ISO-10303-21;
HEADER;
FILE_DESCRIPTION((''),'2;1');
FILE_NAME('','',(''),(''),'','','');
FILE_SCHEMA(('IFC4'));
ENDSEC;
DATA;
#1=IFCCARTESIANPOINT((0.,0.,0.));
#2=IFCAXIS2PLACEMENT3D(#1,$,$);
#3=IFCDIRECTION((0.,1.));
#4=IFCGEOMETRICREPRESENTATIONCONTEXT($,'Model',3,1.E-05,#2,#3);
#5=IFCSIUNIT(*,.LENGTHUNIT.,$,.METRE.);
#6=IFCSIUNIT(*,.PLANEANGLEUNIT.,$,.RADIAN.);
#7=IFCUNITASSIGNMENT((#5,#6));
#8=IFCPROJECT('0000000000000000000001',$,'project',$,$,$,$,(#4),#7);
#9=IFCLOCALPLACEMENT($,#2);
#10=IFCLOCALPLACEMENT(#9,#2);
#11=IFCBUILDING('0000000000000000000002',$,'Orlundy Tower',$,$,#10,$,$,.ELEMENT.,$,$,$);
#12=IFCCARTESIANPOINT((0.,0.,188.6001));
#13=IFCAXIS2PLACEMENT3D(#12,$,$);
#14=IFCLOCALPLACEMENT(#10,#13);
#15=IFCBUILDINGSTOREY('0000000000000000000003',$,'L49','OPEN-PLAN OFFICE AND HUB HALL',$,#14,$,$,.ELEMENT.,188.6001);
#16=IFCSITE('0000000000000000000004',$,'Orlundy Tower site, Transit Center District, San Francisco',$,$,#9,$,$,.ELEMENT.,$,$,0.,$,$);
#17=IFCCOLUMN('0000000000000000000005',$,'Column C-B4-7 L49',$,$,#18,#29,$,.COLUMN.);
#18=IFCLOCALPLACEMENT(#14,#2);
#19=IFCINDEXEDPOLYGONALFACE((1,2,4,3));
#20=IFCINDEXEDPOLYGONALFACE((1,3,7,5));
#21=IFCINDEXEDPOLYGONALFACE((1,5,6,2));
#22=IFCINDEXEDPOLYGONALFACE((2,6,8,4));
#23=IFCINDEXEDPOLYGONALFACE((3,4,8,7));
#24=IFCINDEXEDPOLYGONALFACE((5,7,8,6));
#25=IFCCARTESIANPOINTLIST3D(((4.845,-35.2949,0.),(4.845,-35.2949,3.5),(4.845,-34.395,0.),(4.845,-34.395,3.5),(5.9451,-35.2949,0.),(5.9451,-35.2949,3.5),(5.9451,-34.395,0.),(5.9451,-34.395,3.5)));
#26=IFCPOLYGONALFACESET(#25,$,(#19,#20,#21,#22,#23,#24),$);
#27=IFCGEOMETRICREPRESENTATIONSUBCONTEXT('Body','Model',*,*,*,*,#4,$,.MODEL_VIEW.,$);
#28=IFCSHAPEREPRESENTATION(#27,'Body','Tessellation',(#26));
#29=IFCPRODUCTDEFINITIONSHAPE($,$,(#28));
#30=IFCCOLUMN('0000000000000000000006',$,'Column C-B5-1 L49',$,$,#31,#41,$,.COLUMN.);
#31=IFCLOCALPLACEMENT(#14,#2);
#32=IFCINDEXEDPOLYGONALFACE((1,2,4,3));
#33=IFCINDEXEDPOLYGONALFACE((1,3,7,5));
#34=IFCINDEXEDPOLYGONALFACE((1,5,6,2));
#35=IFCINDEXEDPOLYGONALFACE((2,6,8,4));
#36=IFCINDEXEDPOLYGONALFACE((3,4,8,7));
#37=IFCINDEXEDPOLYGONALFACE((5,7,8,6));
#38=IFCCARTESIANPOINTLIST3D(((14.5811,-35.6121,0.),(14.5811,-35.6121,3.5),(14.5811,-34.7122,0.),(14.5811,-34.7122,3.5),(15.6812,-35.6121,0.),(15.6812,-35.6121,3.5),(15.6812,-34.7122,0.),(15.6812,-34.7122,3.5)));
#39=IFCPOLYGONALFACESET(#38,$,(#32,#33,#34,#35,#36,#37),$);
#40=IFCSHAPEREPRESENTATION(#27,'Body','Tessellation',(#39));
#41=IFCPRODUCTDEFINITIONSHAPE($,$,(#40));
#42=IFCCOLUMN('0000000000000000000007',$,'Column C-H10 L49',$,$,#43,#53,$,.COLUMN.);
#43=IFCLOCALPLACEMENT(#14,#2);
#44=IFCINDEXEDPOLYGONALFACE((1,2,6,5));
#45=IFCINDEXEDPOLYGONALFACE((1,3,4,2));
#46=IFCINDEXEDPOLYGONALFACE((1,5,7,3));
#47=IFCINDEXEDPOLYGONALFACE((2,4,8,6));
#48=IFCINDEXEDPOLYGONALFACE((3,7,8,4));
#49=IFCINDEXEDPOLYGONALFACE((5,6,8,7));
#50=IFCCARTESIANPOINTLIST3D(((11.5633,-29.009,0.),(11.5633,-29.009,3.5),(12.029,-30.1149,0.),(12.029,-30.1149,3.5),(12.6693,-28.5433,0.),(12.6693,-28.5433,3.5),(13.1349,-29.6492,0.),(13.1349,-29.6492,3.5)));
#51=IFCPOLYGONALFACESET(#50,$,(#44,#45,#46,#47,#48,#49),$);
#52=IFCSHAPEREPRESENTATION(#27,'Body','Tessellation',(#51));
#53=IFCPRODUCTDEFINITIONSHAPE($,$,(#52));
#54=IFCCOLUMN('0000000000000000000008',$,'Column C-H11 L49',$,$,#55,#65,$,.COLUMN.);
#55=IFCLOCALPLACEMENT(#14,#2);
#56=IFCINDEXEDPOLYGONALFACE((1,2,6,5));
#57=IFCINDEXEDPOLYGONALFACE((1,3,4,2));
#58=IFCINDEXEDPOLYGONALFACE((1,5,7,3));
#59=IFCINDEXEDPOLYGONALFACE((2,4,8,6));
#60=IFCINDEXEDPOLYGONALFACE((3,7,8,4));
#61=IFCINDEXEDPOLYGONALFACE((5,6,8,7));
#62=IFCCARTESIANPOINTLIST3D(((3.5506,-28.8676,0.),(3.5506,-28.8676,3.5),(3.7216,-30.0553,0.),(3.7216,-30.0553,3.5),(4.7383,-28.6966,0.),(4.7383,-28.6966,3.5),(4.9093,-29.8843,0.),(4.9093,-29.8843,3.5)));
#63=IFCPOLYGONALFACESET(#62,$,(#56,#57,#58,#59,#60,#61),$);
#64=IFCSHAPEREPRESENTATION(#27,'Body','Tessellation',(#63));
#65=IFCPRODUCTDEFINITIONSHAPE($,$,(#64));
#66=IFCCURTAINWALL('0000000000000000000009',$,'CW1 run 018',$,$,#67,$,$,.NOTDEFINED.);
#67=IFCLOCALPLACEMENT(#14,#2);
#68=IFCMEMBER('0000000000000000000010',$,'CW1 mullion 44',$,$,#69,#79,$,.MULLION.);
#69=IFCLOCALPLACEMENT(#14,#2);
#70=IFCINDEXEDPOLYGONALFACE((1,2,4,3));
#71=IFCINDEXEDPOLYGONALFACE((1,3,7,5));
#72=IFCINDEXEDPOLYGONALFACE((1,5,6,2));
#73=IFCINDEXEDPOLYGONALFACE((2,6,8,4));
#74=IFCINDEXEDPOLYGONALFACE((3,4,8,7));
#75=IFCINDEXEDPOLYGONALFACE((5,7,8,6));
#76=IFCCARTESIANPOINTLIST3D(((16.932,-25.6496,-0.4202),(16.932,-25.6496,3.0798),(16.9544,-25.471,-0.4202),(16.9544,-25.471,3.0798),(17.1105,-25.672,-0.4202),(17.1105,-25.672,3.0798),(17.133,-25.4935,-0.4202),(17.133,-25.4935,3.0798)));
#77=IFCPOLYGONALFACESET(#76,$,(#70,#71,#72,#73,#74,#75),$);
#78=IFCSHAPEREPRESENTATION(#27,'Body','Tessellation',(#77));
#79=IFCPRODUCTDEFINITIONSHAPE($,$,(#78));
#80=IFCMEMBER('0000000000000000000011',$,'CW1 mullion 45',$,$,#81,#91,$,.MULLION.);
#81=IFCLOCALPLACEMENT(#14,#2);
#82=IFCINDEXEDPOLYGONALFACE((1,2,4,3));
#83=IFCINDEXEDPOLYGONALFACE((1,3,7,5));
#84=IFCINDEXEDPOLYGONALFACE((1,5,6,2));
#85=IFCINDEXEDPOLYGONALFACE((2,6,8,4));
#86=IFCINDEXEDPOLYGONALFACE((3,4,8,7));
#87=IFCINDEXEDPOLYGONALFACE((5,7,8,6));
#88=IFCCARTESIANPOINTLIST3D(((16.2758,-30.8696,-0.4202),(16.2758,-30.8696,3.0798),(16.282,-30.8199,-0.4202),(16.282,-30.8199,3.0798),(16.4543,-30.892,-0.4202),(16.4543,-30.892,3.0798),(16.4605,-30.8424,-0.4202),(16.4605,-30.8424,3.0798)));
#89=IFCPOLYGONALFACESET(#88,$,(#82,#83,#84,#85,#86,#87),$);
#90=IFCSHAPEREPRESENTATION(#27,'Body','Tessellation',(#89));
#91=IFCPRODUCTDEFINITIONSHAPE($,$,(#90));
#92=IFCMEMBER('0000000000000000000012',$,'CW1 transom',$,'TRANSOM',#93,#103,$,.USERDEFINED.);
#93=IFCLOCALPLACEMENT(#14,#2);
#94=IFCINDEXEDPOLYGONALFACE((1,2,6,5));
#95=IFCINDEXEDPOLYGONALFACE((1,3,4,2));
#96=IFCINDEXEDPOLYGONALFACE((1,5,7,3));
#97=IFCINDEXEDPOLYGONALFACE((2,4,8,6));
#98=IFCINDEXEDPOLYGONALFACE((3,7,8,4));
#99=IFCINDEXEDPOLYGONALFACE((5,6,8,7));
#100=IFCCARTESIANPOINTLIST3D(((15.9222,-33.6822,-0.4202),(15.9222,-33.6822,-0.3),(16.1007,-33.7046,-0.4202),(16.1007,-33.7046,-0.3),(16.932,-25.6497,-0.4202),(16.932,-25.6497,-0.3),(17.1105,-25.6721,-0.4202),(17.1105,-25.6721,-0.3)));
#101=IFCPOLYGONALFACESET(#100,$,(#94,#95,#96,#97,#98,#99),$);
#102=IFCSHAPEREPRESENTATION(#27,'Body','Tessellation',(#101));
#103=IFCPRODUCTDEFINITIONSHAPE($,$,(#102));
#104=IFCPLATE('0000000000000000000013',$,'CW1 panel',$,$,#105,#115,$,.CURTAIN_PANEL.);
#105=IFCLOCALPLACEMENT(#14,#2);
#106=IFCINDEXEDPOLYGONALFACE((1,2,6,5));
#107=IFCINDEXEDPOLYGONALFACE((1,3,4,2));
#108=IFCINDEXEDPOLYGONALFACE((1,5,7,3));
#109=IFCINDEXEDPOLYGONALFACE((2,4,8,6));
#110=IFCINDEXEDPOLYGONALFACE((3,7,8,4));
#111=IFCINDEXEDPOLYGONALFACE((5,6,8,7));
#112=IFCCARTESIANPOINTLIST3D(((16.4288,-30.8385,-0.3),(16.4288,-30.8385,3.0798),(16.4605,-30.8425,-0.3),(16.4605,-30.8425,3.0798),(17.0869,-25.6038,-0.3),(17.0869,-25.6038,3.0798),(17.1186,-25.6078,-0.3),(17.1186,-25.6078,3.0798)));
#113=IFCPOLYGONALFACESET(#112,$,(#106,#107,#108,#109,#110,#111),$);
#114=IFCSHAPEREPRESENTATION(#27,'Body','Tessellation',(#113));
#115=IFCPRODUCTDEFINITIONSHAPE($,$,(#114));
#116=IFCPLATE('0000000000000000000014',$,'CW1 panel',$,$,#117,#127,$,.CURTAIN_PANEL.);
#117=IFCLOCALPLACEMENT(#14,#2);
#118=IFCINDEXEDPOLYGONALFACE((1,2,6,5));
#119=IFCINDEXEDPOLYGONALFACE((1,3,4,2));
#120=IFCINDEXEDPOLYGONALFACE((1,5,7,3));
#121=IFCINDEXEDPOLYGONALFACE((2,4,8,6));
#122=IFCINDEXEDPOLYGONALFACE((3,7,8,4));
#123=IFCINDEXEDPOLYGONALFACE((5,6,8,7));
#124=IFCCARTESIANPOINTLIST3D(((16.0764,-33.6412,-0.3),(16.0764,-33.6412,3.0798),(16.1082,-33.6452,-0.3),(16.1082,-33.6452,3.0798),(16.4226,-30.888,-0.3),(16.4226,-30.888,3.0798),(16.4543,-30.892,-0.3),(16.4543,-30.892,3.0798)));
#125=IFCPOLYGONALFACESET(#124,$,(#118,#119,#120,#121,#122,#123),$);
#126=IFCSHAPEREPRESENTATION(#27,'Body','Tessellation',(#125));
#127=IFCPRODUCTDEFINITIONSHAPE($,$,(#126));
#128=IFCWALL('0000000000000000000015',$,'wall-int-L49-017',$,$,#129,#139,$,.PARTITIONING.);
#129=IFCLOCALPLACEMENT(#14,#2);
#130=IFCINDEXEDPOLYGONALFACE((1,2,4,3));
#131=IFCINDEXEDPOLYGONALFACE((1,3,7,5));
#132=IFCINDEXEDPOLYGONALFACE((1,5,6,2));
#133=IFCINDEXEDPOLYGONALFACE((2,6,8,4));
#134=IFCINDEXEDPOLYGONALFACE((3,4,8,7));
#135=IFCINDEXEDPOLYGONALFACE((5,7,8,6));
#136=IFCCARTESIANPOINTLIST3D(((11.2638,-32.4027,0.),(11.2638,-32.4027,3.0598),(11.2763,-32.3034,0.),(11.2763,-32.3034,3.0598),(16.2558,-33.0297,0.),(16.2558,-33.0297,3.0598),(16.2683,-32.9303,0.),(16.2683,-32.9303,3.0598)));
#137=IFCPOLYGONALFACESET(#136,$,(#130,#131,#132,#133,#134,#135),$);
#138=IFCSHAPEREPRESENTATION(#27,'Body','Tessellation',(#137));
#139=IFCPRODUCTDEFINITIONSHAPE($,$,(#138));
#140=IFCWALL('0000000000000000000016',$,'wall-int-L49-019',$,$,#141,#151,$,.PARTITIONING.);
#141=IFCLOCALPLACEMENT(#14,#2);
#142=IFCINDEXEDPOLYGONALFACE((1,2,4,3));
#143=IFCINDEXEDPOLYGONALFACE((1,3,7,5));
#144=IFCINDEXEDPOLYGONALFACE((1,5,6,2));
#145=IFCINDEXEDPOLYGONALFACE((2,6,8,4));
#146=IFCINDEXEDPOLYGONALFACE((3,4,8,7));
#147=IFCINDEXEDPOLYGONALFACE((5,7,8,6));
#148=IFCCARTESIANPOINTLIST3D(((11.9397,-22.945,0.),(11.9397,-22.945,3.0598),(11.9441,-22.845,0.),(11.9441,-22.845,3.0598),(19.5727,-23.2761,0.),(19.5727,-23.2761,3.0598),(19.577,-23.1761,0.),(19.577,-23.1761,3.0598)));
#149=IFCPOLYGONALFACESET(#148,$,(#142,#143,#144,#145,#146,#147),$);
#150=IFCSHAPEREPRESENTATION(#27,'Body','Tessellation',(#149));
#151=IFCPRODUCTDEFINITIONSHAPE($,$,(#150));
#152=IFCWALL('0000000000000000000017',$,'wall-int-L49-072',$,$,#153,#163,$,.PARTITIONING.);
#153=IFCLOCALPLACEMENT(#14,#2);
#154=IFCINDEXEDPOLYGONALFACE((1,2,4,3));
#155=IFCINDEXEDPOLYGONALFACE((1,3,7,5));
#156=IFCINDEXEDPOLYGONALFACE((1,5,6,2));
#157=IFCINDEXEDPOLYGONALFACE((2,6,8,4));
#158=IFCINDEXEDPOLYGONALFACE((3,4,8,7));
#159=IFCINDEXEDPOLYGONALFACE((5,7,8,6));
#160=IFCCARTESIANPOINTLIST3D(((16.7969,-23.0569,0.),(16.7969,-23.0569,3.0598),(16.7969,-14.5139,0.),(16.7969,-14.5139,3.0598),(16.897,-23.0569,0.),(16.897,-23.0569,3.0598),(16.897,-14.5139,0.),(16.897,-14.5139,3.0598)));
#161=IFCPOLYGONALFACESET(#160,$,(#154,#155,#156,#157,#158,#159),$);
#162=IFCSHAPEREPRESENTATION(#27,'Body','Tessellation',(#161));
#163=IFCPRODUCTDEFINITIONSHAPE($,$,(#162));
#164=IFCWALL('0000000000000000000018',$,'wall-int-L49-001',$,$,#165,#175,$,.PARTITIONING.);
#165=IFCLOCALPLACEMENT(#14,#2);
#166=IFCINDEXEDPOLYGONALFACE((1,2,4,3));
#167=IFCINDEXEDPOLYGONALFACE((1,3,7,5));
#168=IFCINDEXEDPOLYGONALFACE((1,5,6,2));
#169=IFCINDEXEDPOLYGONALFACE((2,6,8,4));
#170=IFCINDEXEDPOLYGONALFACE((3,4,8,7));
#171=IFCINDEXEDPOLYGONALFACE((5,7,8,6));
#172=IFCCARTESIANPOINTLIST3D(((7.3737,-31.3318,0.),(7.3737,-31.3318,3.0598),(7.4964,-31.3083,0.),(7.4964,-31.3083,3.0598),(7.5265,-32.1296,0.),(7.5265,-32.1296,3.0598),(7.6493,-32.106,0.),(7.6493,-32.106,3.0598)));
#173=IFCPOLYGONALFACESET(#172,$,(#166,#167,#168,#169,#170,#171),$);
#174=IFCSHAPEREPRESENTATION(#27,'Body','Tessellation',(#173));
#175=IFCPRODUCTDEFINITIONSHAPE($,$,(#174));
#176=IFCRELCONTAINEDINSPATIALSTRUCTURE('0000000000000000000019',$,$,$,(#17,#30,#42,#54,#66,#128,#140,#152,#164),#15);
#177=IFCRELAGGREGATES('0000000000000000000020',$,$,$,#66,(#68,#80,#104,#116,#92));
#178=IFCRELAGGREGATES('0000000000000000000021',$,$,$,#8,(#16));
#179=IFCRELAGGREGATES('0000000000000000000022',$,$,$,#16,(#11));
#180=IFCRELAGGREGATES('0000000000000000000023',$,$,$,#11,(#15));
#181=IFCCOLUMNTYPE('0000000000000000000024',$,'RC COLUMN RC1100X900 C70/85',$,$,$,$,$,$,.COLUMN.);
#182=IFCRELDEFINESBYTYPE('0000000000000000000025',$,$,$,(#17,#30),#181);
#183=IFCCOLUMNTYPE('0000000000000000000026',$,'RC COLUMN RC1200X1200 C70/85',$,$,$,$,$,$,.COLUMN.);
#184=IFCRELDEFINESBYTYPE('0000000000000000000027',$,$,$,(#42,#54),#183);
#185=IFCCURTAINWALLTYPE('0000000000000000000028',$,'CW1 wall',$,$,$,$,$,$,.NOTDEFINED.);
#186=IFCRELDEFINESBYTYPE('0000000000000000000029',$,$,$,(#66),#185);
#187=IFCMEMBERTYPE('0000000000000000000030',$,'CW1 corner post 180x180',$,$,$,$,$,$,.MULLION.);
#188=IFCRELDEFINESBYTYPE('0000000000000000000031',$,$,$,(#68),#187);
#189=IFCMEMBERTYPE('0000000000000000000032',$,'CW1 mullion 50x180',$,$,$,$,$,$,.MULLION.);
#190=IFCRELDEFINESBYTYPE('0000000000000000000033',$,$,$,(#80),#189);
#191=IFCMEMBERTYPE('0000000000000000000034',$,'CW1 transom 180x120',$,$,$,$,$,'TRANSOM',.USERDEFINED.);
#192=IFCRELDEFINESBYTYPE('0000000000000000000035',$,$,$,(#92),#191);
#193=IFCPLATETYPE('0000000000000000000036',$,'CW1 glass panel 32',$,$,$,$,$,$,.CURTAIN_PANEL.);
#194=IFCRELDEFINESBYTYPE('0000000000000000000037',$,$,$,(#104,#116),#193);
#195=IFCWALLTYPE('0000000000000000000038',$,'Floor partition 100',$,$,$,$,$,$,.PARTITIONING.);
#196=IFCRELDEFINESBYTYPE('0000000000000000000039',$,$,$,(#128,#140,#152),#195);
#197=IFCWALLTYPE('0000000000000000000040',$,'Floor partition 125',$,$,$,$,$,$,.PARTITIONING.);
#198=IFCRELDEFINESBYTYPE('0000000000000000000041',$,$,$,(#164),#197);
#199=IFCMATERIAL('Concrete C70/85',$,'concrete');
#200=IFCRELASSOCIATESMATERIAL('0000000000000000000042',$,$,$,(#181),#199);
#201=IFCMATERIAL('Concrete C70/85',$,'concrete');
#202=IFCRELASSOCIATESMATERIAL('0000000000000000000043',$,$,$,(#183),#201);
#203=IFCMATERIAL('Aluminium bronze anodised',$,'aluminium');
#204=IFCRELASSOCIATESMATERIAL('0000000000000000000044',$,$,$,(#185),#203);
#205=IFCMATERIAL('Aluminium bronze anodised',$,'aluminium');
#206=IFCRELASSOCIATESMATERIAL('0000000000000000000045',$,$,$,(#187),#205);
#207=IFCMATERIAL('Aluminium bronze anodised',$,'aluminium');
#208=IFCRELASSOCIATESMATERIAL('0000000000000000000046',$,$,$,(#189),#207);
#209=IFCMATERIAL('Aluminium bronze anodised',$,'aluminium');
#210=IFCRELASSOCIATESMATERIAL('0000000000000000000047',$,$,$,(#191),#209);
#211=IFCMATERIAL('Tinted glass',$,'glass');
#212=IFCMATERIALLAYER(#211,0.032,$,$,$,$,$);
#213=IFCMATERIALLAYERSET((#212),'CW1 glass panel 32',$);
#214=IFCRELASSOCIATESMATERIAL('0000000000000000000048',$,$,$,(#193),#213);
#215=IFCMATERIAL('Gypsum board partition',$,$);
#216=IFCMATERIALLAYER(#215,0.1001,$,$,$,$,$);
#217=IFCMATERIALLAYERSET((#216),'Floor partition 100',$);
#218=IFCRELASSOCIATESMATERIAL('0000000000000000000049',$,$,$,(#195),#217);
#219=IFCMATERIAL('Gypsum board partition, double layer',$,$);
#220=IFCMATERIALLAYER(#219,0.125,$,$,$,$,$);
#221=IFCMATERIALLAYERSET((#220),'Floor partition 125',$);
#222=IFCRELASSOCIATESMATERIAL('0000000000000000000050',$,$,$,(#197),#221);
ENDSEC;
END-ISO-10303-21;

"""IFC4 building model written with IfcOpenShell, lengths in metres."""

from ifc_helpers import new_model, si_unit, direction, frame, frame_2d, origin, origin_2d, place, context, subcontext, project, spatial, rectangle, extrude, material, layer, layer_set, material_profile, profile_set, type_object, element, aggregate, save


model = new_model("IFC4")

# Units and contexts
model_context = context("Model", 3, precision=1e-05, world=origin(), true_north=direction((0.0, 1.0)))
body_context = subcontext(model_context, "Body", "Model", "MODEL_VIEW")
ifc_project = project(units=[si_unit("LENGTHUNIT", "METRE"), si_unit("PLANEANGLEUNIT", "RADIAN")], contexts=[model_context])

# Site, building, storey
site_placement = place(None, origin())
site = spatial("IfcSite", under=ifc_project, at=site_placement, Name="Orlundy Tower site, Transit Center District, San Francisco", CompositionType="ELEMENT", RefElevation=0.0)
building_placement = place(site_placement, origin())
building = spatial("IfcBuilding", under=site, at=building_placement, Name="Orlundy Tower", CompositionType="ELEMENT")
storey_placement = place(building_placement, frame((0.0, 0.0, 188.6001)))
storey = spatial("IfcBuildingStorey", under=building, at=storey_placement, Name="L49", Description="OPEN-PLAN OFFICE AND HUB HALL", CompositionType="ELEMENT", Elevation=188.6001)

# Columns
ifc_material_1 = material(Name="Concrete C70/85", Category="concrete")
ifc_material_profile_1 = material_profile(ifc_material_1, rectangle(XDim=1.1001, YDim=0.8999, at=origin_2d()), Name="RC1100X900")
ifc_profile_set_1 = profile_set([ifc_material_profile_1], Name="Concrete C70/85")
column_type_1 = type_object("IfcColumnType", Name="RC COLUMN RC1100X900 C70/85", PredefinedType="COLUMN", material=ifc_profile_set_1)
for number, where, z_axis, x_axis, name in (
    (1, (5.395, -34.845, 0.0), (0.0, 0.0, 1.0), (1.0, 0.0, 0.0), "Column C-B4-7 L49"),
    (2, (15.1311, -35.1621, 0.0), (0.0, 0.0, 1.0), (1.0, 0.0, 0.0), "Column C-B5-1 L49"),
):
    element("IfcColumn", number, at=place(storey_placement, frame(where, z_axis=z_axis, x_axis=x_axis)), inside=storey, type_object=column_type_1, Name=name, PredefinedType="COLUMN", context=body_context, shape_type="SweptSolid", body=[
        extrude(rectangle(XDim=1.1001, YDim=0.8999, at=origin_2d()), origin(), (0.0, 0.0, 1.0), 3.5),
    ])
ifc_material_2 = material(Name="Concrete C70/85", Category="concrete")
ifc_material_profile_2 = material_profile(ifc_material_2, rectangle(XDim=1.2, YDim=1.2, at=origin_2d()), Name="RC1200X1200")
ifc_profile_set_2 = profile_set([ifc_material_profile_2], Name="Concrete C70/85")
column_type_2 = type_object("IfcColumnType", Name="RC COLUMN RC1200X1200 C70/85", PredefinedType="COLUMN", material=ifc_profile_set_2)
for number, where, z_axis, x_axis, name in (
    (3, (12.3491, -29.3291, 0.0), (0.0, 0.0, 1.0), (0.388063, -0.921633, 0.0), "Column C-H10 L49"),
    (4, (4.23, -29.376, 0.0), (0.0, 0.0, 1.0), (0.142525, -0.989791, 0.0), "Column C-H11 L49"),
):
    element("IfcColumn", number, at=place(storey_placement, frame(where, z_axis=z_axis, x_axis=x_axis)), inside=storey, type_object=column_type_2, Name=name, PredefinedType="COLUMN", context=body_context, shape_type="SweptSolid", body=[
        extrude(rectangle(XDim=1.2, YDim=1.2, at=origin_2d()), origin(), (0.0, 0.0, 1.0), 3.5),
    ])

# Curtain wall, members, plates
ifc_material_3 = material(Name="Aluminium bronze anodised", Category="aluminium")
curtain_wall_type = type_object("IfcCurtainWallType", Name="CW1 wall", PredefinedType="NOTDEFINED", material=ifc_material_3)
curtain_wall_placement = place(storey_placement, origin())
curtain_wall = element("IfcCurtainWall", 5, at=curtain_wall_placement, inside=storey, type_object=curtain_wall_type, Name="CW1 run 018", PredefinedType="NOTDEFINED")
ifc_material_4 = material(Name="Aluminium bronze anodised", Category="aluminium")
ifc_material_profile_3 = material_profile(ifc_material_4, rectangle(XDim=0.1799, YDim=0.1799, at=origin_2d()), Name="CW1 corner post 180x180")
ifc_profile_set_3 = profile_set([ifc_material_profile_3], Name="Aluminium bronze anodised")
member_type_1 = type_object("IfcMemberType", Name="CW1 corner post 180x180", PredefinedType="MULLION", material=ifc_profile_set_3)
member_1_placement = place(storey_placement, frame((17.0325, -25.5715, -0.4202), z_axis=(0.0, 0.0, 1.0), x_axis=(0.992189, -0.124742, 0.0)))
member_1 = element("IfcMember", 6, at=member_1_placement, type_object=member_type_1, Name="CW1 mullion 44", PredefinedType="MULLION", context=body_context, shape_type="SweptSolid", body=[
    extrude(rectangle(XDim=0.1799, YDim=0.1799, at=origin_2d()), origin(), (0.0, 0.0, 1.0), 3.5),
])
ifc_material_5 = material(Name="Aluminium bronze anodised", Category="aluminium")
ifc_material_profile_4 = material_profile(ifc_material_5, rectangle(XDim=0.1799, YDim=0.05, at=origin_2d()), Name="CW1 mullion 50x180")
ifc_profile_set_4 = profile_set([ifc_material_profile_4], Name="Aluminium bronze anodised")
member_type_2 = type_object("IfcMemberType", Name="CW1 mullion 50x180", PredefinedType="MULLION", material=ifc_profile_set_4)
member_2_placement = place(storey_placement, frame((16.3682, -30.856, -0.4202), z_axis=(0.0, 0.0, 1.0), x_axis=(0.992189, -0.124742, 0.0)))
member_2 = element("IfcMember", 7, at=member_2_placement, type_object=member_type_2, Name="CW1 mullion 45", PredefinedType="MULLION", context=body_context, shape_type="SweptSolid", body=[
    extrude(rectangle(XDim=0.1799, YDim=0.05, at=origin_2d()), origin(), (0.0, 0.0, 1.0), 3.5),
])
ifc_material_6 = material(Name="Aluminium bronze anodised", Category="aluminium")
ifc_material_profile_5 = material_profile(ifc_material_6, rectangle(XDim=0.1799, YDim=0.1201, at=origin_2d()), Name="CW1 transom 180x120")
ifc_profile_set_5 = profile_set([ifc_material_profile_5], Name="Aluminium bronze anodised")
member_type_3 = type_object("IfcMemberType", Name="CW1 transom 180x120", ElementType="TRANSOM", PredefinedType="USERDEFINED", material=ifc_profile_set_5)
member_3_placement = place(storey_placement, frame((17.0212, -25.6609, -0.3601), z_axis=(-0.124729, -0.992191, 0.0), x_axis=(0.992191, -0.124729, 0.0)))
member_3 = element("IfcMember", 8, at=member_3_placement, type_object=member_type_3, Name="CW1 transom", ObjectType="TRANSOM", PredefinedType="USERDEFINED", context=body_context, shape_type="SweptSolid", body=[
    extrude(rectangle(XDim=0.1799, YDim=0.1201, at=origin_2d()), origin(), (0.0, 0.0, 1.0), 8.0957),
])
ifc_material_7 = material(Name="Tinted glass", Category="glass")
ifc_layer_1 = layer(ifc_material_7, 0.032)
ifc_layer_set_1 = layer_set([ifc_layer_1], Name="CW1 glass panel 32")
plate_type = type_object("IfcPlateType", Name="CW1 glass panel 32", PredefinedType="CURTAIN_PANEL", material=ifc_layer_set_1)
plate_1_placement = place(storey_placement, frame((16.7737, -28.2231, -0.3), z_axis=(0.0, 0.0, 1.0), x_axis=(-0.124742, -0.992189, 0.0)))
plate_1 = element("IfcPlate", 9, at=plate_1_placement, type_object=plate_type, Name="CW1 panel", PredefinedType="CURTAIN_PANEL", context=body_context, shape_type="SweptSolid", body=[
    extrude(rectangle(XDim=5.2759, YDim=0.032, at=origin_2d()), origin(), (0.0, 0.0, 1.0), 3.3799),
])
plate_2_placement = place(storey_placement, frame((16.2654, -32.2666, -0.3), z_axis=(0.0, 0.0, 1.0), x_axis=(-0.124742, -0.992189, 0.0)))
plate_2 = element("IfcPlate", 10, at=plate_2_placement, type_object=plate_type, Name="CW1 panel", PredefinedType="CURTAIN_PANEL", context=body_context, shape_type="SweptSolid", body=[
    extrude(rectangle(XDim=2.7749, YDim=0.032, at=origin_2d()), origin(), (0.0, 0.0, 1.0), 3.3799),
])
aggregate(curtain_wall, [member_1, member_2, plate_1, plate_2, member_3])

# Walls
ifc_material_8 = material(Name="Gypsum board partition")
ifc_layer_2 = layer(ifc_material_8, 0.1001)
ifc_layer_set_2 = layer_set([ifc_layer_2], Name="Floor partition 100")
wall_type_1 = type_object("IfcWallType", Name="Floor partition 100", PredefinedType="PARTITIONING", material=ifc_layer_set_2)
wall_1_placement = place(storey_placement, frame((11.27, -32.353, 0.0), z_axis=(0.0, 0.0, 1.0), x_axis=(0.992205, -0.124614, 0.0)))
element("IfcWall", 11, at=wall_1_placement, inside=storey, type_object=wall_type_1, Name="wall-int-L49-017", PredefinedType="PARTITIONING", context=body_context, shape_type="SweptSolid", body=[
    extrude(rectangle(XDim=5.0312, YDim=0.1001, at=frame_2d((2.5156, 0.0))), origin(), (0.0, 0.0, 1.0), 3.0598),
])
wall_2_placement = place(storey_placement, frame((11.9419, -22.895, 0.0), z_axis=(0.0, 0.0, 1.0), x_axis=(0.999061, -0.04333, 0.0)))
element("IfcWall", 12, at=wall_2_placement, inside=storey, type_object=wall_type_1, Name="wall-int-L49-019", PredefinedType="PARTITIONING", context=body_context, shape_type="SweptSolid", body=[
    extrude(rectangle(XDim=7.6401, YDim=0.1001, at=frame_2d((3.8201, 0.0))), origin(), (0.0, 0.0, 1.0), 3.0598),
])
wall_3_placement = place(storey_placement, frame((16.8469, -23.0569, 0.0), z_axis=(0.0, 0.0, 1.0), x_axis=(0.0, 1.0, 0.0)))
element("IfcWall", 13, at=wall_3_placement, inside=storey, type_object=wall_type_1, Name="wall-int-L49-072", PredefinedType="PARTITIONING", context=body_context, shape_type="SweptSolid", body=[
    extrude(rectangle(XDim=8.543, YDim=0.1001, at=frame_2d((4.2715, 0.0))), origin(), (0.0, 0.0, 1.0), 3.0598),
])
ifc_material_9 = material(Name="Gypsum board partition, double layer")
ifc_layer_3 = layer(ifc_material_9, 0.125)
ifc_layer_set_3 = layer_set([ifc_layer_3], Name="Floor partition 125")
wall_type_2 = type_object("IfcWallType", Name="Floor partition 125", PredefinedType="PARTITIONING", material=ifc_layer_set_3)
wall_4_placement = place(storey_placement, frame((7.5879, -32.1179, 0.0), z_axis=(0.0, 0.0, 1.0), x_axis=(-0.188134, 0.982143, 0.0)))
element("IfcWall", 14, at=wall_4_placement, inside=storey, type_object=wall_type_2, Name="wall-int-L49-001", PredefinedType="PARTITIONING", context=body_context, shape_type="SweptSolid", body=[
    extrude(rectangle(XDim=0.8123, YDim=0.125, at=frame_2d((0.4062, 0.0))), origin(), (0.0, 0.0, 1.0), 3.0598),
])

save(model, "model.ifc")
